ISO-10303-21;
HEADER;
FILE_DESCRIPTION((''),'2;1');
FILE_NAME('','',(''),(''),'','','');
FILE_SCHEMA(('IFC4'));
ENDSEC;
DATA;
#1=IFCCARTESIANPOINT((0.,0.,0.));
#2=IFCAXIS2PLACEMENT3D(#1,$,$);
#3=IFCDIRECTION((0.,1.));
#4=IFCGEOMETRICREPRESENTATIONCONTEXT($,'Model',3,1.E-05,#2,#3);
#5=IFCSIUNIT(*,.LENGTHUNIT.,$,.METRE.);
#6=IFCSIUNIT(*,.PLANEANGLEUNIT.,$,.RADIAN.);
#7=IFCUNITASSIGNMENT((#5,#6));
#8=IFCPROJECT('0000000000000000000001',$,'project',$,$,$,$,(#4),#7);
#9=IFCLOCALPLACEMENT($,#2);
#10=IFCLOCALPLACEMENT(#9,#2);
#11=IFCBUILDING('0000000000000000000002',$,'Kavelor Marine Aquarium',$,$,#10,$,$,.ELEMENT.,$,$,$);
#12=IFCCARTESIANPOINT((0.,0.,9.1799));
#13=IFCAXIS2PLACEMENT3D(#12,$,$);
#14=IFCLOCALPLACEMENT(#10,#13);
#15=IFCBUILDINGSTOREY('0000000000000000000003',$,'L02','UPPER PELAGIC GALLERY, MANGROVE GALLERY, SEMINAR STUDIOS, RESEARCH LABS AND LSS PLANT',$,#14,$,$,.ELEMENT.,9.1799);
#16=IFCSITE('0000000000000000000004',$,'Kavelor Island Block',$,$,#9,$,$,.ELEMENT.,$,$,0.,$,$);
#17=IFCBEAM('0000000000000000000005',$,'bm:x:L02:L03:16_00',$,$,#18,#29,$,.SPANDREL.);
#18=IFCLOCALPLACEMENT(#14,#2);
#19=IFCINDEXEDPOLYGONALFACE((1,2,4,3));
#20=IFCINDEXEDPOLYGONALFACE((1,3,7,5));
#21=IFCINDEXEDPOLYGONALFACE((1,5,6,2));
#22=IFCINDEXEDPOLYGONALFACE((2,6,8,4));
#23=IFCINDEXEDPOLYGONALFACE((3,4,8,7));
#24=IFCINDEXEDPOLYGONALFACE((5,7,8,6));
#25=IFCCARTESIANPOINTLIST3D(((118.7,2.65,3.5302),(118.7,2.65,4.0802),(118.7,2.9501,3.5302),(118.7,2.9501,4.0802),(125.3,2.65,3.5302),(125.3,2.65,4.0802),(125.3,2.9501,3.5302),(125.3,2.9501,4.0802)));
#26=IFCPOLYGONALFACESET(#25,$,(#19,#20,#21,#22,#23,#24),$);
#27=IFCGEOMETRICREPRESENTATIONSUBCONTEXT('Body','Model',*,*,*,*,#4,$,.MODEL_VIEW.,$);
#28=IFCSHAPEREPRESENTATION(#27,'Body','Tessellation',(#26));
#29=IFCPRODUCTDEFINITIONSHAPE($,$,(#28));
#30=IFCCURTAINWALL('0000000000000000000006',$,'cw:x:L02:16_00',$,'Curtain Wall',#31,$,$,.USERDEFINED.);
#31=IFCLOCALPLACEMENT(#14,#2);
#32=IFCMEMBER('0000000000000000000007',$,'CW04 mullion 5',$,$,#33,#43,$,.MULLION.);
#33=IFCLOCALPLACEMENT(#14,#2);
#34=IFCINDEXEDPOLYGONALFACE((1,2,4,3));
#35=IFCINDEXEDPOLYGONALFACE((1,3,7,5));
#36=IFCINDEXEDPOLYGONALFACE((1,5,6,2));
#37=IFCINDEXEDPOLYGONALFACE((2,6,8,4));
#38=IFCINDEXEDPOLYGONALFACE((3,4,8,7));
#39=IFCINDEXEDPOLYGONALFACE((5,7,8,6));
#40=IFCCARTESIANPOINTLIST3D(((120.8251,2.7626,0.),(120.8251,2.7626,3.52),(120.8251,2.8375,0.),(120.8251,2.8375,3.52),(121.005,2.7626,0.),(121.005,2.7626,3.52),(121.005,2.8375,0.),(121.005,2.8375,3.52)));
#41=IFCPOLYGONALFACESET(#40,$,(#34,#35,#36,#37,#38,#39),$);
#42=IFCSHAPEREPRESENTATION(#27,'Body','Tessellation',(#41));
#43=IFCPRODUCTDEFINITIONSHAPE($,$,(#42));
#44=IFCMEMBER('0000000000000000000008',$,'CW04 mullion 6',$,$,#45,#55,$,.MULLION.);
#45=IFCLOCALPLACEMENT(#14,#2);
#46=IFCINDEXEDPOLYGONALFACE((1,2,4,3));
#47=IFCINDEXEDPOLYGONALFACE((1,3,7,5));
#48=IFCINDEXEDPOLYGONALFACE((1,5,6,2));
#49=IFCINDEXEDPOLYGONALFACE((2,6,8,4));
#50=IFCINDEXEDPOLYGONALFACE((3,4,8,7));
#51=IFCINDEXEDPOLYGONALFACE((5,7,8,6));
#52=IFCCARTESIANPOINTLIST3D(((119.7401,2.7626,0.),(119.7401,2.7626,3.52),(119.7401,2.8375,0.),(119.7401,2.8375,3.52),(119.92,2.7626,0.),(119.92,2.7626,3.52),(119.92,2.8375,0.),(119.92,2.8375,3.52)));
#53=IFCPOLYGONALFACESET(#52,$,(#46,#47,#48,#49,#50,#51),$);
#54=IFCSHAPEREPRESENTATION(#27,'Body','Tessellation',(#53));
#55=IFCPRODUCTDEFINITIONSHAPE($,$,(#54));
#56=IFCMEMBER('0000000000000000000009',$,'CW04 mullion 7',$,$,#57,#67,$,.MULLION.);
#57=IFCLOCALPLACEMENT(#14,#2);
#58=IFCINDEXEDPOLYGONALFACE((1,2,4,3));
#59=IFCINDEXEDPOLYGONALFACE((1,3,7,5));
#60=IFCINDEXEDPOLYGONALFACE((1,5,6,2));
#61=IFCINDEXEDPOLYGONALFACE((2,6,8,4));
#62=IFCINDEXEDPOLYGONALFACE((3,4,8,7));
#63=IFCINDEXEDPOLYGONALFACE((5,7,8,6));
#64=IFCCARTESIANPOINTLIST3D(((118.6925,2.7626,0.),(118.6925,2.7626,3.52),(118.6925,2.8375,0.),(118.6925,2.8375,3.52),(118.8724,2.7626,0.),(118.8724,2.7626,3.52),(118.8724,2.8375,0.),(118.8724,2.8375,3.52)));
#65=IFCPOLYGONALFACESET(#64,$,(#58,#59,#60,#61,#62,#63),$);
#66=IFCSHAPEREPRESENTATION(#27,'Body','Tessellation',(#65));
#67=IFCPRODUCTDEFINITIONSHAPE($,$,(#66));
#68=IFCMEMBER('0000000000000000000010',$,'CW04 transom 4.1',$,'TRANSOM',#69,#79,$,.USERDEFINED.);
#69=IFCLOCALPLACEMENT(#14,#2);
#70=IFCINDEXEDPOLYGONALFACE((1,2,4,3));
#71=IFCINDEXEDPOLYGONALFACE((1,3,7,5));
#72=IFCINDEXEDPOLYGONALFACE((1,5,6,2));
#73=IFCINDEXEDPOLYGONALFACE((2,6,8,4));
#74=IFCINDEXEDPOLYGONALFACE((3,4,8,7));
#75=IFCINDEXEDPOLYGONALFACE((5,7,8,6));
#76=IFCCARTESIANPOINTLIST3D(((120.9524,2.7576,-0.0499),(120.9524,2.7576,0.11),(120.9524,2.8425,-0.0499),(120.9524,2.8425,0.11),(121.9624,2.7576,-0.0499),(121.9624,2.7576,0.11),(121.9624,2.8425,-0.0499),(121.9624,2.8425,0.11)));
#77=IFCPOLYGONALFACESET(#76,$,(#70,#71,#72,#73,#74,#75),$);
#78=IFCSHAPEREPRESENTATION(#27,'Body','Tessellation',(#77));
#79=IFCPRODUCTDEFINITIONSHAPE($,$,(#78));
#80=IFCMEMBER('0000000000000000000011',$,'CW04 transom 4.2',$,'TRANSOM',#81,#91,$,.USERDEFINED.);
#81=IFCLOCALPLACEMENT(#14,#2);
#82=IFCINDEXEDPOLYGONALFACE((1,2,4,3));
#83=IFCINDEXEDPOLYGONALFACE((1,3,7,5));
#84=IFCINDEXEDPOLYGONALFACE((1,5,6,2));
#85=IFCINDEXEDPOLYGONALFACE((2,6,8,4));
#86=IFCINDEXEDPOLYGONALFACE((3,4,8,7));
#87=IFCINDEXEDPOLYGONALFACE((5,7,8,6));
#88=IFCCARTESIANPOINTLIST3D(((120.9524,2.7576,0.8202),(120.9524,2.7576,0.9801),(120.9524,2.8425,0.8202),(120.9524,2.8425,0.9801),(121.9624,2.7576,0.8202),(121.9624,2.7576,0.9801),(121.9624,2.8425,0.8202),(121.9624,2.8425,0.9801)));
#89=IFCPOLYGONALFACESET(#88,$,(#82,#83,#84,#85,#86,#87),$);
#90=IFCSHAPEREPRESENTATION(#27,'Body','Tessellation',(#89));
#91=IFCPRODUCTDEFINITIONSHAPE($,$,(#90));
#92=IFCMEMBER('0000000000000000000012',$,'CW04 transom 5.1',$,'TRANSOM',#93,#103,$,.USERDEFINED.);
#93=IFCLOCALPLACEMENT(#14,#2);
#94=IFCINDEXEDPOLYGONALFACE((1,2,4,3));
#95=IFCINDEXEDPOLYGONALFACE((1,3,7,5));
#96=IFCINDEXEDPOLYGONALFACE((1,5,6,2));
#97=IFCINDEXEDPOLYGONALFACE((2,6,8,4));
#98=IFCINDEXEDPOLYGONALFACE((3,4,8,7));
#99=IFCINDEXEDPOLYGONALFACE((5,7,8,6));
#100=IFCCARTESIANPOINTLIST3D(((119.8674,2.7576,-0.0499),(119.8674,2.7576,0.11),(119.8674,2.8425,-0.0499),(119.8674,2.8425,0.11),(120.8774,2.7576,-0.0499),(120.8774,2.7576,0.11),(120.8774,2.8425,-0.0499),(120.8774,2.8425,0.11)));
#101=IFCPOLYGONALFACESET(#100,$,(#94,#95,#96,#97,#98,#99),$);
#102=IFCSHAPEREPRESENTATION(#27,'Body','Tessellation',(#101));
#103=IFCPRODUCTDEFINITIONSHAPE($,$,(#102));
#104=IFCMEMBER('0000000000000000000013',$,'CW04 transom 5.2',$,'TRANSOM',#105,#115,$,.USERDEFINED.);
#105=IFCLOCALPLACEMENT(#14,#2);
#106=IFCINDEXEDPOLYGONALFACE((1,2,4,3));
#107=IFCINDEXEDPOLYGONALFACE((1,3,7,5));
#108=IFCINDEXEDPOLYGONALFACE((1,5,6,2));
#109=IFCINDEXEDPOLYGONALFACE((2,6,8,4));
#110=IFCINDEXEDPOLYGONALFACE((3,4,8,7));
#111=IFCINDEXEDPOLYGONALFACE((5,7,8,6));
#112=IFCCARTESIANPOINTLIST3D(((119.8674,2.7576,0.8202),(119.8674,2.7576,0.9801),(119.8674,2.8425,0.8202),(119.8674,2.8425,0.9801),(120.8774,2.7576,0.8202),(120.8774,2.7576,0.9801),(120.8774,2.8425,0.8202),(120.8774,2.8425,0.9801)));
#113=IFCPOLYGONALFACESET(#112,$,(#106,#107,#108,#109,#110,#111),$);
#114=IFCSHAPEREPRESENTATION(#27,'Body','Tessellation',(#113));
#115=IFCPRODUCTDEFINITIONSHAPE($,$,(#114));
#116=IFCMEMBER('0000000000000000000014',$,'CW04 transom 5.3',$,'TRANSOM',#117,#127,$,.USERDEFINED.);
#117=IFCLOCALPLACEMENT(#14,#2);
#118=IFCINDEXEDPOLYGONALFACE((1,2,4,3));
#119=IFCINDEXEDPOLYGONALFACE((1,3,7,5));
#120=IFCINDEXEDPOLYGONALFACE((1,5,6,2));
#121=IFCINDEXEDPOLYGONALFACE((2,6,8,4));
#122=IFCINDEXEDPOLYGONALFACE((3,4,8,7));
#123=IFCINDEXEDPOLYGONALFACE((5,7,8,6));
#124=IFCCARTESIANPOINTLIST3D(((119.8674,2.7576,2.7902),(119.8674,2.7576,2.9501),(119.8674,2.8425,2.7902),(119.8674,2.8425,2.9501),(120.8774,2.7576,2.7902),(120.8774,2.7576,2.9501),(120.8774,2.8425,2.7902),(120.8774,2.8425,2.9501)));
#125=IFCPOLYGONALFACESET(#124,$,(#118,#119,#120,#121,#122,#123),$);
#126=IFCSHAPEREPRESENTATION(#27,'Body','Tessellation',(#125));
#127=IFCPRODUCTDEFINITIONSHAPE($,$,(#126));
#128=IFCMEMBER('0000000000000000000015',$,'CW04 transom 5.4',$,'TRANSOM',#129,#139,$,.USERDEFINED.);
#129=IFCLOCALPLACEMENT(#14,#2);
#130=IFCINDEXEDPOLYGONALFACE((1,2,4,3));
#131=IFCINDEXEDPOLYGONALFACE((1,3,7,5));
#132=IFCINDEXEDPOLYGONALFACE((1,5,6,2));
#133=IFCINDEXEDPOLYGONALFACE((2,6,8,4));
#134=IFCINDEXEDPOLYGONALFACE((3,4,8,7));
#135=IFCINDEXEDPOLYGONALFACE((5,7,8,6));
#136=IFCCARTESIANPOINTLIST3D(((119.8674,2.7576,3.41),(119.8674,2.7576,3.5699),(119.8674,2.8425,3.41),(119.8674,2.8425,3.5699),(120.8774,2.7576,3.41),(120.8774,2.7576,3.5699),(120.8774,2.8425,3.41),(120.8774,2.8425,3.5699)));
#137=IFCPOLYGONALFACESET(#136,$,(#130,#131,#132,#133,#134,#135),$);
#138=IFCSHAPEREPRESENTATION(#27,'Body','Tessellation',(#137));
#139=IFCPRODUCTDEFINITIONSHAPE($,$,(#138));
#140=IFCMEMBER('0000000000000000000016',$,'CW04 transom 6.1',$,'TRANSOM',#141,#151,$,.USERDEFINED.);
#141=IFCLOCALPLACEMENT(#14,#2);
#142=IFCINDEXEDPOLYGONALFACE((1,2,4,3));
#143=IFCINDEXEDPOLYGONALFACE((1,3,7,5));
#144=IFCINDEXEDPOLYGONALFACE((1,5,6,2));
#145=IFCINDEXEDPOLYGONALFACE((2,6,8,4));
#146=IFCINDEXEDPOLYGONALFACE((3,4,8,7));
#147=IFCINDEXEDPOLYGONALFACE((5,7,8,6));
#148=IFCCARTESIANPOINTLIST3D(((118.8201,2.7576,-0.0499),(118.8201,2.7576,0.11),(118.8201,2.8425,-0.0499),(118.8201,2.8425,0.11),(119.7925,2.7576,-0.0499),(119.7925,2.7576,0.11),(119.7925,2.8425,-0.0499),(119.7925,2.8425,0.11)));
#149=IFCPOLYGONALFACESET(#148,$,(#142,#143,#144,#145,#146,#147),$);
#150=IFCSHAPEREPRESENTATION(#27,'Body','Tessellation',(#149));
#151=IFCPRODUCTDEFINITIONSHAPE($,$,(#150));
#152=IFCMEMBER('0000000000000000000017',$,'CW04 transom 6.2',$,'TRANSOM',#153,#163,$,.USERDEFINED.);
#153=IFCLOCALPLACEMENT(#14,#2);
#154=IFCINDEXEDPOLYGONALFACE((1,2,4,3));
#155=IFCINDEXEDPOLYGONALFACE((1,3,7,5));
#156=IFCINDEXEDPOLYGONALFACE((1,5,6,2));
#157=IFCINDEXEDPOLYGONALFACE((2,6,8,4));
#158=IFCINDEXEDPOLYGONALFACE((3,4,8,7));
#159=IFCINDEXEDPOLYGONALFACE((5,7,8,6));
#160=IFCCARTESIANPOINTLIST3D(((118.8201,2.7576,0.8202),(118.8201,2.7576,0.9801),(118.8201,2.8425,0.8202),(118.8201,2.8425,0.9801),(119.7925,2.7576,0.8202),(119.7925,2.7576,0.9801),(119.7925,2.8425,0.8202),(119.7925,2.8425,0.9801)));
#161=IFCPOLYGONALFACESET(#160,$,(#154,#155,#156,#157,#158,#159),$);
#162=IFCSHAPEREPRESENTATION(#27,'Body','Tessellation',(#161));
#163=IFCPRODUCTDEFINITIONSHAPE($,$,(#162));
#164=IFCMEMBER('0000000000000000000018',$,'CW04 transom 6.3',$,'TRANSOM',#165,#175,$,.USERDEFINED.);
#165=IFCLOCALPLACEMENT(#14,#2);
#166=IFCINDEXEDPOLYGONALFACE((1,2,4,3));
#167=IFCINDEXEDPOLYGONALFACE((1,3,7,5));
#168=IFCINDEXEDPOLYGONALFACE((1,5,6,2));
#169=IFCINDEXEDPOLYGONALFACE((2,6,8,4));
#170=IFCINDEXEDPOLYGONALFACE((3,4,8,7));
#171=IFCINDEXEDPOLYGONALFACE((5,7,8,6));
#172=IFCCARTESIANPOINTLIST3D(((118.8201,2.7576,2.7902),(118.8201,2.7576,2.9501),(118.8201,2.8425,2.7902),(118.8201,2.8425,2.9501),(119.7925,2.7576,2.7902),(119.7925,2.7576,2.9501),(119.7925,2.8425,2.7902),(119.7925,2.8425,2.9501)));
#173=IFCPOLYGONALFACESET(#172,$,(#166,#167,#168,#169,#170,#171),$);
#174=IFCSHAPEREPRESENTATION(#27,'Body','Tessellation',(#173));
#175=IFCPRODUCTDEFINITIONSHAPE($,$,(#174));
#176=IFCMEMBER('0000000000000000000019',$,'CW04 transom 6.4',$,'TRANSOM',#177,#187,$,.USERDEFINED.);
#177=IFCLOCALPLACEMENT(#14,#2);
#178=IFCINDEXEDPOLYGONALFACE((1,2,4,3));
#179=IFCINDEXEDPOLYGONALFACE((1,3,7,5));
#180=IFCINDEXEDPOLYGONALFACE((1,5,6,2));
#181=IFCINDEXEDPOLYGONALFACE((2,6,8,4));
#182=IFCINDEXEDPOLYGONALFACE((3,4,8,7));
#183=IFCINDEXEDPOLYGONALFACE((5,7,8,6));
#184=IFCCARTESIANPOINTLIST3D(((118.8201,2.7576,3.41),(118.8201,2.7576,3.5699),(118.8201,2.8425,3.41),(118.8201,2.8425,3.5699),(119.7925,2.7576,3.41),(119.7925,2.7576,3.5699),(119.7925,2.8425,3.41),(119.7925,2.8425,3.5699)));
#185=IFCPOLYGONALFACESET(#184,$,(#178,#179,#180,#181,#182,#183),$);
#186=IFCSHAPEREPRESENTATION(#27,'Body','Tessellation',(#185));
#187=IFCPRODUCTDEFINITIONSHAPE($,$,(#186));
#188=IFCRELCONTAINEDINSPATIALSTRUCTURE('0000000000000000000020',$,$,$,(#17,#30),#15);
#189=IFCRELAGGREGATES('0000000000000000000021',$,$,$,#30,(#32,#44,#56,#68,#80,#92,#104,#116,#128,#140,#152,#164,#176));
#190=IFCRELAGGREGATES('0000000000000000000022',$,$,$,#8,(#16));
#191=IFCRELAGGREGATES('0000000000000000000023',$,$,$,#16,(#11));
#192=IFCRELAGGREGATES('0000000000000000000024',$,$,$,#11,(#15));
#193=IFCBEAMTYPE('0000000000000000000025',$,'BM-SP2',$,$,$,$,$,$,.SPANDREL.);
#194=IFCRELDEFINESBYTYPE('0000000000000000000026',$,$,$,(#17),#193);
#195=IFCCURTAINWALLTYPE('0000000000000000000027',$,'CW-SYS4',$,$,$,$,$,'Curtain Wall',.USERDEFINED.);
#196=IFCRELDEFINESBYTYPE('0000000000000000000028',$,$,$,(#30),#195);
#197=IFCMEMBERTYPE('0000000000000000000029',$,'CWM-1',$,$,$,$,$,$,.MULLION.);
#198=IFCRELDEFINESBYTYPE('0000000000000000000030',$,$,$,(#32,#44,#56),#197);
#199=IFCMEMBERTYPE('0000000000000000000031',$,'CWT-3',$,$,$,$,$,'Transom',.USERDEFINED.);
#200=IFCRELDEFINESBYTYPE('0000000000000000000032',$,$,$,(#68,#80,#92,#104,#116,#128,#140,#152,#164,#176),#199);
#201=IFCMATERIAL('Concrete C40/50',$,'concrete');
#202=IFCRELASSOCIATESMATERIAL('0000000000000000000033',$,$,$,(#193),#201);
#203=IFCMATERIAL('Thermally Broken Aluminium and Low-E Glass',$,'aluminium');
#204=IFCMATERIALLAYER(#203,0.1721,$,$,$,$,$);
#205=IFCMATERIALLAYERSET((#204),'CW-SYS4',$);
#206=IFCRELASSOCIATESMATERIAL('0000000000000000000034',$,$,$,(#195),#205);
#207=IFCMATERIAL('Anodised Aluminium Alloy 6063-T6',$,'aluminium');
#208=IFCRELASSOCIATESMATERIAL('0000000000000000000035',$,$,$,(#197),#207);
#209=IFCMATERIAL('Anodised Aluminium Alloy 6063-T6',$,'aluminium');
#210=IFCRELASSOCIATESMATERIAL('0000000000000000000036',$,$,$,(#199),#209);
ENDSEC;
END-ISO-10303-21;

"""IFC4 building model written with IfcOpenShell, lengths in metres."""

from ifc_helpers import new_model, si_unit, direction, frame, origin, origin_2d, place, context, subcontext, project, spatial, rectangle, extrude, material, layer, layer_set, material_profile, profile_set, type_object, element, aggregate, save


model = new_model("IFC4")

# Units and contexts
model_context = context("Model", 3, precision=1e-05, world=origin(), true_north=direction((0.0, 1.0)))
body_context = subcontext(model_context, "Body", "Model", "MODEL_VIEW")
ifc_project = project(units=[si_unit("LENGTHUNIT", "METRE"), si_unit("PLANEANGLEUNIT", "RADIAN")], contexts=[model_context])

# Site, building, storey
site_placement = place(None, origin())
site = spatial("IfcSite", under=ifc_project, at=site_placement, Name="Kavelor Island Block", CompositionType="ELEMENT", RefElevation=0.0)
building_placement = place(site_placement, origin())
building = spatial("IfcBuilding", under=site, at=building_placement, Name="Kavelor Marine Aquarium", CompositionType="ELEMENT")
storey_placement = place(building_placement, frame((0.0, 0.0, 9.1799)))
storey = spatial("IfcBuildingStorey", under=building, at=storey_placement, Name="L02", Description="UPPER PELAGIC GALLERY, MANGROVE GALLERY, SEMINAR STUDIOS, RESEARCH LABS AND LSS PLANT", CompositionType="ELEMENT", Elevation=9.1799)

# Beam
ifc_material_1 = material(Name="Concrete C40/50", Category="concrete")
ifc_material_profile_1 = material_profile(ifc_material_1, rectangle(XDim=0.3, YDim=0.55, at=origin_2d()), Name="RC-SP 300x550")
ifc_profile_set_1 = profile_set([ifc_material_profile_1], Name="Concrete C40/50")
beam_type = type_object("IfcBeamType", Name="BM-SP2", PredefinedType="SPANDREL", material=ifc_profile_set_1)
beam_placement = place(storey_placement, frame((118.7, 2.8, 3.8052), z_axis=(1.0, 0.0, 0.0), x_axis=(0.0, 1.0, 0.0)))
element("IfcBeam", 1, at=beam_placement, inside=storey, type_object=beam_type, Name="bm:x:L02:L03:16_00", PredefinedType="SPANDREL", context=body_context, shape_type="SweptSolid", body=[
    extrude(rectangle(XDim=0.3, YDim=0.55, at=origin_2d()), origin(), (0.0, 0.0, 1.0), 6.6001),
])

# Curtain wall, members
ifc_material_2 = material(Name="Thermally Broken Aluminium and Low-E Glass", Category="aluminium")
ifc_layer_1 = layer(ifc_material_2, 0.1721)
ifc_layer_set_1 = layer_set([ifc_layer_1], Name="CW-SYS4")
curtain_wall_type = type_object("IfcCurtainWallType", Name="CW-SYS4", ElementType="Curtain Wall", PredefinedType="USERDEFINED", material=ifc_layer_set_1)
curtain_wall_placement = place(storey_placement, origin())
curtain_wall = element("IfcCurtainWall", 2, at=curtain_wall_placement, inside=storey, type_object=curtain_wall_type, Name="cw:x:L02:16_00", ObjectType="Curtain Wall", PredefinedType="USERDEFINED")
ifc_material_3 = material(Name="Anodised Aluminium Alloy 6063-T6", Category="aluminium")
ifc_material_profile_2 = material_profile(ifc_material_3, rectangle(XDim=0.075, YDim=0.1799, at=origin_2d()), Name="CW-MUL 75x180")
ifc_profile_set_2 = profile_set([ifc_material_profile_2], Name="Anodised Aluminium Alloy 6063-T6")
member_type_1 = type_object("IfcMemberType", Name="CWM-1", PredefinedType="MULLION", material=ifc_profile_set_2)
member_1_placement = place(storey_placement, frame((120.915, 2.8, 0.0), z_axis=(0.0, 0.0, 1.0), x_axis=(0.0, -1.0, 0.0)))
member_1 = element("IfcMember", 3, at=member_1_placement, type_object=member_type_1, Name="CW04 mullion 5", PredefinedType="MULLION", context=body_context, shape_type="SweptSolid", body=[
    extrude(rectangle(XDim=0.075, YDim=0.1799, at=origin_2d()), origin(), (0.0, 0.0, 1.0), 3.52),
])
member_2_placement = place(storey_placement, frame((119.8301, 2.8, 0.0), z_axis=(0.0, 0.0, 1.0), x_axis=(0.0, -1.0, 0.0)))
member_2 = element("IfcMember", 4, at=member_2_placement, type_object=member_type_1, Name="CW04 mullion 6", PredefinedType="MULLION", context=body_context, shape_type="SweptSolid", body=[
    extrude(rectangle(XDim=0.075, YDim=0.1799, at=origin_2d()), origin(), (0.0, 0.0, 1.0), 3.52),
])
member_3_placement = place(storey_placement, frame((118.7825, 2.8, 0.0), z_axis=(0.0, 0.0, 1.0), x_axis=(0.0, -1.0, 0.0)))
member_3 = element("IfcMember", 5, at=member_3_placement, type_object=member_type_1, Name="CW04 mullion 7", PredefinedType="MULLION", context=body_context, shape_type="SweptSolid", body=[
    extrude(rectangle(XDim=0.075, YDim=0.1799, at=origin_2d()), origin(), (0.0, 0.0, 1.0), 3.52),
])
ifc_material_4 = material(Name="Anodised Aluminium Alloy 6063-T6", Category="aluminium")
ifc_material_profile_3 = material_profile(ifc_material_4, rectangle(XDim=0.085, YDim=0.1599, at=origin_2d()), Name="CW-TRN 85x160")
ifc_profile_set_3 = profile_set([ifc_material_profile_3], Name="Anodised Aluminium Alloy 6063-T6")
member_type_2 = type_object("IfcMemberType", Name="CWT-3", ElementType="Transom", PredefinedType="USERDEFINED", material=ifc_profile_set_3)
member_4_placement = place(storey_placement, frame((121.9624, 2.8, 0.03), z_axis=(-1.0, 0.0, 0.0), x_axis=(0.0, -1.0, 0.0)))
member_4 = element("IfcMember", 6, at=member_4_placement, type_object=member_type_2, Name="CW04 transom 4.1", ObjectType="TRANSOM", PredefinedType="USERDEFINED", context=body_context, shape_type="SweptSolid", body=[
    extrude(rectangle(XDim=0.085, YDim=0.1599, at=origin_2d()), origin(), (0.0, 0.0, 1.0), 1.01),
])
member_5_placement = place(storey_placement, frame((121.9624, 2.8, 0.9001), z_axis=(-1.0, 0.0, 0.0), x_axis=(0.0, -1.0, 0.0)))
member_5 = element("IfcMember", 7, at=member_5_placement, type_object=member_type_2, Name="CW04 transom 4.2", ObjectType="TRANSOM", PredefinedType="USERDEFINED", context=body_context, shape_type="SweptSolid", body=[
    extrude(rectangle(XDim=0.085, YDim=0.1599, at=origin_2d()), origin(), (0.0, 0.0, 1.0), 1.01),
])
member_6_placement = place(storey_placement, frame((120.8774, 2.8, 0.03), z_axis=(-1.0, 0.0, 0.0), x_axis=(0.0, -1.0, 0.0)))
member_6 = element("IfcMember", 8, at=member_6_placement, type_object=member_type_2, Name="CW04 transom 5.1", ObjectType="TRANSOM", PredefinedType="USERDEFINED", context=body_context, shape_type="SweptSolid", body=[
    extrude(rectangle(XDim=0.085, YDim=0.1599, at=origin_2d()), origin(), (0.0, 0.0, 1.0), 1.01),
])
member_7_placement = place(storey_placement, frame((120.8774, 2.8, 0.9001), z_axis=(-1.0, 0.0, 0.0), x_axis=(0.0, -1.0, 0.0)))
member_7 = element("IfcMember", 9, at=member_7_placement, type_object=member_type_2, Name="CW04 transom 5.2", ObjectType="TRANSOM", PredefinedType="USERDEFINED", context=body_context, shape_type="SweptSolid", body=[
    extrude(rectangle(XDim=0.085, YDim=0.1599, at=origin_2d()), origin(), (0.0, 0.0, 1.0), 1.01),
])
member_8_placement = place(storey_placement, frame((120.8774, 2.8, 2.8701), z_axis=(-1.0, 0.0, 0.0), x_axis=(0.0, -1.0, 0.0)))
member_8 = element("IfcMember", 10, at=member_8_placement, type_object=member_type_2, Name="CW04 transom 5.3", ObjectType="TRANSOM", PredefinedType="USERDEFINED", context=body_context, shape_type="SweptSolid", body=[
    extrude(rectangle(XDim=0.085, YDim=0.1599, at=origin_2d()), origin(), (0.0, 0.0, 1.0), 1.01),
])
member_9_placement = place(storey_placement, frame((120.8774, 2.8, 3.49), z_axis=(-1.0, 0.0, 0.0), x_axis=(0.0, -1.0, 0.0)))
member_9 = element("IfcMember", 11, at=member_9_placement, type_object=member_type_2, Name="CW04 transom 5.4", ObjectType="TRANSOM", PredefinedType="USERDEFINED", context=body_context, shape_type="SweptSolid", body=[
    extrude(rectangle(XDim=0.085, YDim=0.1599, at=origin_2d()), origin(), (0.0, 0.0, 1.0), 1.01),
])
member_10_placement = place(storey_placement, frame((119.7925, 2.8, 0.03), z_axis=(-1.0, 0.0, 0.0), x_axis=(0.0, -1.0, 0.0)))
member_10 = element("IfcMember", 12, at=member_10_placement, type_object=member_type_2, Name="CW04 transom 6.1", ObjectType="TRANSOM", PredefinedType="USERDEFINED", context=body_context, shape_type="SweptSolid", body=[
    extrude(rectangle(XDim=0.085, YDim=0.1599, at=origin_2d()), origin(), (0.0, 0.0, 1.0), 0.9724),
])
member_11_placement = place(storey_placement, frame((119.7925, 2.8, 0.9001), z_axis=(-1.0, 0.0, 0.0), x_axis=(0.0, -1.0, 0.0)))
member_11 = element("IfcMember", 13, at=member_11_placement, type_object=member_type_2, Name="CW04 transom 6.2", ObjectType="TRANSOM", PredefinedType="USERDEFINED", context=body_context, shape_type="SweptSolid", body=[
    extrude(rectangle(XDim=0.085, YDim=0.1599, at=origin_2d()), origin(), (0.0, 0.0, 1.0), 0.9724),
])
member_12_placement = place(storey_placement, frame((119.7925, 2.8, 2.8701), z_axis=(-1.0, 0.0, 0.0), x_axis=(0.0, -1.0, 0.0)))
member_12 = element("IfcMember", 14, at=member_12_placement, type_object=member_type_2, Name="CW04 transom 6.3", ObjectType="TRANSOM", PredefinedType="USERDEFINED", context=body_context, shape_type="SweptSolid", body=[
    extrude(rectangle(XDim=0.085, YDim=0.1599, at=origin_2d()), origin(), (0.0, 0.0, 1.0), 0.9724),
])
member_13_placement = place(storey_placement, frame((119.7925, 2.8, 3.49), z_axis=(-1.0, 0.0, 0.0), x_axis=(0.0, -1.0, 0.0)))
member_13 = element("IfcMember", 15, at=member_13_placement, type_object=member_type_2, Name="CW04 transom 6.4", ObjectType="TRANSOM", PredefinedType="USERDEFINED", context=body_context, shape_type="SweptSolid", body=[
    extrude(rectangle(XDim=0.085, YDim=0.1599, at=origin_2d()), origin(), (0.0, 0.0, 1.0), 0.9724),
])
aggregate(curtain_wall, [member_1, member_2, member_3, member_4, member_5, member_6, member_7, member_8, member_9, member_10, member_11, member_12, member_13])

save(model, "model.ifc")
